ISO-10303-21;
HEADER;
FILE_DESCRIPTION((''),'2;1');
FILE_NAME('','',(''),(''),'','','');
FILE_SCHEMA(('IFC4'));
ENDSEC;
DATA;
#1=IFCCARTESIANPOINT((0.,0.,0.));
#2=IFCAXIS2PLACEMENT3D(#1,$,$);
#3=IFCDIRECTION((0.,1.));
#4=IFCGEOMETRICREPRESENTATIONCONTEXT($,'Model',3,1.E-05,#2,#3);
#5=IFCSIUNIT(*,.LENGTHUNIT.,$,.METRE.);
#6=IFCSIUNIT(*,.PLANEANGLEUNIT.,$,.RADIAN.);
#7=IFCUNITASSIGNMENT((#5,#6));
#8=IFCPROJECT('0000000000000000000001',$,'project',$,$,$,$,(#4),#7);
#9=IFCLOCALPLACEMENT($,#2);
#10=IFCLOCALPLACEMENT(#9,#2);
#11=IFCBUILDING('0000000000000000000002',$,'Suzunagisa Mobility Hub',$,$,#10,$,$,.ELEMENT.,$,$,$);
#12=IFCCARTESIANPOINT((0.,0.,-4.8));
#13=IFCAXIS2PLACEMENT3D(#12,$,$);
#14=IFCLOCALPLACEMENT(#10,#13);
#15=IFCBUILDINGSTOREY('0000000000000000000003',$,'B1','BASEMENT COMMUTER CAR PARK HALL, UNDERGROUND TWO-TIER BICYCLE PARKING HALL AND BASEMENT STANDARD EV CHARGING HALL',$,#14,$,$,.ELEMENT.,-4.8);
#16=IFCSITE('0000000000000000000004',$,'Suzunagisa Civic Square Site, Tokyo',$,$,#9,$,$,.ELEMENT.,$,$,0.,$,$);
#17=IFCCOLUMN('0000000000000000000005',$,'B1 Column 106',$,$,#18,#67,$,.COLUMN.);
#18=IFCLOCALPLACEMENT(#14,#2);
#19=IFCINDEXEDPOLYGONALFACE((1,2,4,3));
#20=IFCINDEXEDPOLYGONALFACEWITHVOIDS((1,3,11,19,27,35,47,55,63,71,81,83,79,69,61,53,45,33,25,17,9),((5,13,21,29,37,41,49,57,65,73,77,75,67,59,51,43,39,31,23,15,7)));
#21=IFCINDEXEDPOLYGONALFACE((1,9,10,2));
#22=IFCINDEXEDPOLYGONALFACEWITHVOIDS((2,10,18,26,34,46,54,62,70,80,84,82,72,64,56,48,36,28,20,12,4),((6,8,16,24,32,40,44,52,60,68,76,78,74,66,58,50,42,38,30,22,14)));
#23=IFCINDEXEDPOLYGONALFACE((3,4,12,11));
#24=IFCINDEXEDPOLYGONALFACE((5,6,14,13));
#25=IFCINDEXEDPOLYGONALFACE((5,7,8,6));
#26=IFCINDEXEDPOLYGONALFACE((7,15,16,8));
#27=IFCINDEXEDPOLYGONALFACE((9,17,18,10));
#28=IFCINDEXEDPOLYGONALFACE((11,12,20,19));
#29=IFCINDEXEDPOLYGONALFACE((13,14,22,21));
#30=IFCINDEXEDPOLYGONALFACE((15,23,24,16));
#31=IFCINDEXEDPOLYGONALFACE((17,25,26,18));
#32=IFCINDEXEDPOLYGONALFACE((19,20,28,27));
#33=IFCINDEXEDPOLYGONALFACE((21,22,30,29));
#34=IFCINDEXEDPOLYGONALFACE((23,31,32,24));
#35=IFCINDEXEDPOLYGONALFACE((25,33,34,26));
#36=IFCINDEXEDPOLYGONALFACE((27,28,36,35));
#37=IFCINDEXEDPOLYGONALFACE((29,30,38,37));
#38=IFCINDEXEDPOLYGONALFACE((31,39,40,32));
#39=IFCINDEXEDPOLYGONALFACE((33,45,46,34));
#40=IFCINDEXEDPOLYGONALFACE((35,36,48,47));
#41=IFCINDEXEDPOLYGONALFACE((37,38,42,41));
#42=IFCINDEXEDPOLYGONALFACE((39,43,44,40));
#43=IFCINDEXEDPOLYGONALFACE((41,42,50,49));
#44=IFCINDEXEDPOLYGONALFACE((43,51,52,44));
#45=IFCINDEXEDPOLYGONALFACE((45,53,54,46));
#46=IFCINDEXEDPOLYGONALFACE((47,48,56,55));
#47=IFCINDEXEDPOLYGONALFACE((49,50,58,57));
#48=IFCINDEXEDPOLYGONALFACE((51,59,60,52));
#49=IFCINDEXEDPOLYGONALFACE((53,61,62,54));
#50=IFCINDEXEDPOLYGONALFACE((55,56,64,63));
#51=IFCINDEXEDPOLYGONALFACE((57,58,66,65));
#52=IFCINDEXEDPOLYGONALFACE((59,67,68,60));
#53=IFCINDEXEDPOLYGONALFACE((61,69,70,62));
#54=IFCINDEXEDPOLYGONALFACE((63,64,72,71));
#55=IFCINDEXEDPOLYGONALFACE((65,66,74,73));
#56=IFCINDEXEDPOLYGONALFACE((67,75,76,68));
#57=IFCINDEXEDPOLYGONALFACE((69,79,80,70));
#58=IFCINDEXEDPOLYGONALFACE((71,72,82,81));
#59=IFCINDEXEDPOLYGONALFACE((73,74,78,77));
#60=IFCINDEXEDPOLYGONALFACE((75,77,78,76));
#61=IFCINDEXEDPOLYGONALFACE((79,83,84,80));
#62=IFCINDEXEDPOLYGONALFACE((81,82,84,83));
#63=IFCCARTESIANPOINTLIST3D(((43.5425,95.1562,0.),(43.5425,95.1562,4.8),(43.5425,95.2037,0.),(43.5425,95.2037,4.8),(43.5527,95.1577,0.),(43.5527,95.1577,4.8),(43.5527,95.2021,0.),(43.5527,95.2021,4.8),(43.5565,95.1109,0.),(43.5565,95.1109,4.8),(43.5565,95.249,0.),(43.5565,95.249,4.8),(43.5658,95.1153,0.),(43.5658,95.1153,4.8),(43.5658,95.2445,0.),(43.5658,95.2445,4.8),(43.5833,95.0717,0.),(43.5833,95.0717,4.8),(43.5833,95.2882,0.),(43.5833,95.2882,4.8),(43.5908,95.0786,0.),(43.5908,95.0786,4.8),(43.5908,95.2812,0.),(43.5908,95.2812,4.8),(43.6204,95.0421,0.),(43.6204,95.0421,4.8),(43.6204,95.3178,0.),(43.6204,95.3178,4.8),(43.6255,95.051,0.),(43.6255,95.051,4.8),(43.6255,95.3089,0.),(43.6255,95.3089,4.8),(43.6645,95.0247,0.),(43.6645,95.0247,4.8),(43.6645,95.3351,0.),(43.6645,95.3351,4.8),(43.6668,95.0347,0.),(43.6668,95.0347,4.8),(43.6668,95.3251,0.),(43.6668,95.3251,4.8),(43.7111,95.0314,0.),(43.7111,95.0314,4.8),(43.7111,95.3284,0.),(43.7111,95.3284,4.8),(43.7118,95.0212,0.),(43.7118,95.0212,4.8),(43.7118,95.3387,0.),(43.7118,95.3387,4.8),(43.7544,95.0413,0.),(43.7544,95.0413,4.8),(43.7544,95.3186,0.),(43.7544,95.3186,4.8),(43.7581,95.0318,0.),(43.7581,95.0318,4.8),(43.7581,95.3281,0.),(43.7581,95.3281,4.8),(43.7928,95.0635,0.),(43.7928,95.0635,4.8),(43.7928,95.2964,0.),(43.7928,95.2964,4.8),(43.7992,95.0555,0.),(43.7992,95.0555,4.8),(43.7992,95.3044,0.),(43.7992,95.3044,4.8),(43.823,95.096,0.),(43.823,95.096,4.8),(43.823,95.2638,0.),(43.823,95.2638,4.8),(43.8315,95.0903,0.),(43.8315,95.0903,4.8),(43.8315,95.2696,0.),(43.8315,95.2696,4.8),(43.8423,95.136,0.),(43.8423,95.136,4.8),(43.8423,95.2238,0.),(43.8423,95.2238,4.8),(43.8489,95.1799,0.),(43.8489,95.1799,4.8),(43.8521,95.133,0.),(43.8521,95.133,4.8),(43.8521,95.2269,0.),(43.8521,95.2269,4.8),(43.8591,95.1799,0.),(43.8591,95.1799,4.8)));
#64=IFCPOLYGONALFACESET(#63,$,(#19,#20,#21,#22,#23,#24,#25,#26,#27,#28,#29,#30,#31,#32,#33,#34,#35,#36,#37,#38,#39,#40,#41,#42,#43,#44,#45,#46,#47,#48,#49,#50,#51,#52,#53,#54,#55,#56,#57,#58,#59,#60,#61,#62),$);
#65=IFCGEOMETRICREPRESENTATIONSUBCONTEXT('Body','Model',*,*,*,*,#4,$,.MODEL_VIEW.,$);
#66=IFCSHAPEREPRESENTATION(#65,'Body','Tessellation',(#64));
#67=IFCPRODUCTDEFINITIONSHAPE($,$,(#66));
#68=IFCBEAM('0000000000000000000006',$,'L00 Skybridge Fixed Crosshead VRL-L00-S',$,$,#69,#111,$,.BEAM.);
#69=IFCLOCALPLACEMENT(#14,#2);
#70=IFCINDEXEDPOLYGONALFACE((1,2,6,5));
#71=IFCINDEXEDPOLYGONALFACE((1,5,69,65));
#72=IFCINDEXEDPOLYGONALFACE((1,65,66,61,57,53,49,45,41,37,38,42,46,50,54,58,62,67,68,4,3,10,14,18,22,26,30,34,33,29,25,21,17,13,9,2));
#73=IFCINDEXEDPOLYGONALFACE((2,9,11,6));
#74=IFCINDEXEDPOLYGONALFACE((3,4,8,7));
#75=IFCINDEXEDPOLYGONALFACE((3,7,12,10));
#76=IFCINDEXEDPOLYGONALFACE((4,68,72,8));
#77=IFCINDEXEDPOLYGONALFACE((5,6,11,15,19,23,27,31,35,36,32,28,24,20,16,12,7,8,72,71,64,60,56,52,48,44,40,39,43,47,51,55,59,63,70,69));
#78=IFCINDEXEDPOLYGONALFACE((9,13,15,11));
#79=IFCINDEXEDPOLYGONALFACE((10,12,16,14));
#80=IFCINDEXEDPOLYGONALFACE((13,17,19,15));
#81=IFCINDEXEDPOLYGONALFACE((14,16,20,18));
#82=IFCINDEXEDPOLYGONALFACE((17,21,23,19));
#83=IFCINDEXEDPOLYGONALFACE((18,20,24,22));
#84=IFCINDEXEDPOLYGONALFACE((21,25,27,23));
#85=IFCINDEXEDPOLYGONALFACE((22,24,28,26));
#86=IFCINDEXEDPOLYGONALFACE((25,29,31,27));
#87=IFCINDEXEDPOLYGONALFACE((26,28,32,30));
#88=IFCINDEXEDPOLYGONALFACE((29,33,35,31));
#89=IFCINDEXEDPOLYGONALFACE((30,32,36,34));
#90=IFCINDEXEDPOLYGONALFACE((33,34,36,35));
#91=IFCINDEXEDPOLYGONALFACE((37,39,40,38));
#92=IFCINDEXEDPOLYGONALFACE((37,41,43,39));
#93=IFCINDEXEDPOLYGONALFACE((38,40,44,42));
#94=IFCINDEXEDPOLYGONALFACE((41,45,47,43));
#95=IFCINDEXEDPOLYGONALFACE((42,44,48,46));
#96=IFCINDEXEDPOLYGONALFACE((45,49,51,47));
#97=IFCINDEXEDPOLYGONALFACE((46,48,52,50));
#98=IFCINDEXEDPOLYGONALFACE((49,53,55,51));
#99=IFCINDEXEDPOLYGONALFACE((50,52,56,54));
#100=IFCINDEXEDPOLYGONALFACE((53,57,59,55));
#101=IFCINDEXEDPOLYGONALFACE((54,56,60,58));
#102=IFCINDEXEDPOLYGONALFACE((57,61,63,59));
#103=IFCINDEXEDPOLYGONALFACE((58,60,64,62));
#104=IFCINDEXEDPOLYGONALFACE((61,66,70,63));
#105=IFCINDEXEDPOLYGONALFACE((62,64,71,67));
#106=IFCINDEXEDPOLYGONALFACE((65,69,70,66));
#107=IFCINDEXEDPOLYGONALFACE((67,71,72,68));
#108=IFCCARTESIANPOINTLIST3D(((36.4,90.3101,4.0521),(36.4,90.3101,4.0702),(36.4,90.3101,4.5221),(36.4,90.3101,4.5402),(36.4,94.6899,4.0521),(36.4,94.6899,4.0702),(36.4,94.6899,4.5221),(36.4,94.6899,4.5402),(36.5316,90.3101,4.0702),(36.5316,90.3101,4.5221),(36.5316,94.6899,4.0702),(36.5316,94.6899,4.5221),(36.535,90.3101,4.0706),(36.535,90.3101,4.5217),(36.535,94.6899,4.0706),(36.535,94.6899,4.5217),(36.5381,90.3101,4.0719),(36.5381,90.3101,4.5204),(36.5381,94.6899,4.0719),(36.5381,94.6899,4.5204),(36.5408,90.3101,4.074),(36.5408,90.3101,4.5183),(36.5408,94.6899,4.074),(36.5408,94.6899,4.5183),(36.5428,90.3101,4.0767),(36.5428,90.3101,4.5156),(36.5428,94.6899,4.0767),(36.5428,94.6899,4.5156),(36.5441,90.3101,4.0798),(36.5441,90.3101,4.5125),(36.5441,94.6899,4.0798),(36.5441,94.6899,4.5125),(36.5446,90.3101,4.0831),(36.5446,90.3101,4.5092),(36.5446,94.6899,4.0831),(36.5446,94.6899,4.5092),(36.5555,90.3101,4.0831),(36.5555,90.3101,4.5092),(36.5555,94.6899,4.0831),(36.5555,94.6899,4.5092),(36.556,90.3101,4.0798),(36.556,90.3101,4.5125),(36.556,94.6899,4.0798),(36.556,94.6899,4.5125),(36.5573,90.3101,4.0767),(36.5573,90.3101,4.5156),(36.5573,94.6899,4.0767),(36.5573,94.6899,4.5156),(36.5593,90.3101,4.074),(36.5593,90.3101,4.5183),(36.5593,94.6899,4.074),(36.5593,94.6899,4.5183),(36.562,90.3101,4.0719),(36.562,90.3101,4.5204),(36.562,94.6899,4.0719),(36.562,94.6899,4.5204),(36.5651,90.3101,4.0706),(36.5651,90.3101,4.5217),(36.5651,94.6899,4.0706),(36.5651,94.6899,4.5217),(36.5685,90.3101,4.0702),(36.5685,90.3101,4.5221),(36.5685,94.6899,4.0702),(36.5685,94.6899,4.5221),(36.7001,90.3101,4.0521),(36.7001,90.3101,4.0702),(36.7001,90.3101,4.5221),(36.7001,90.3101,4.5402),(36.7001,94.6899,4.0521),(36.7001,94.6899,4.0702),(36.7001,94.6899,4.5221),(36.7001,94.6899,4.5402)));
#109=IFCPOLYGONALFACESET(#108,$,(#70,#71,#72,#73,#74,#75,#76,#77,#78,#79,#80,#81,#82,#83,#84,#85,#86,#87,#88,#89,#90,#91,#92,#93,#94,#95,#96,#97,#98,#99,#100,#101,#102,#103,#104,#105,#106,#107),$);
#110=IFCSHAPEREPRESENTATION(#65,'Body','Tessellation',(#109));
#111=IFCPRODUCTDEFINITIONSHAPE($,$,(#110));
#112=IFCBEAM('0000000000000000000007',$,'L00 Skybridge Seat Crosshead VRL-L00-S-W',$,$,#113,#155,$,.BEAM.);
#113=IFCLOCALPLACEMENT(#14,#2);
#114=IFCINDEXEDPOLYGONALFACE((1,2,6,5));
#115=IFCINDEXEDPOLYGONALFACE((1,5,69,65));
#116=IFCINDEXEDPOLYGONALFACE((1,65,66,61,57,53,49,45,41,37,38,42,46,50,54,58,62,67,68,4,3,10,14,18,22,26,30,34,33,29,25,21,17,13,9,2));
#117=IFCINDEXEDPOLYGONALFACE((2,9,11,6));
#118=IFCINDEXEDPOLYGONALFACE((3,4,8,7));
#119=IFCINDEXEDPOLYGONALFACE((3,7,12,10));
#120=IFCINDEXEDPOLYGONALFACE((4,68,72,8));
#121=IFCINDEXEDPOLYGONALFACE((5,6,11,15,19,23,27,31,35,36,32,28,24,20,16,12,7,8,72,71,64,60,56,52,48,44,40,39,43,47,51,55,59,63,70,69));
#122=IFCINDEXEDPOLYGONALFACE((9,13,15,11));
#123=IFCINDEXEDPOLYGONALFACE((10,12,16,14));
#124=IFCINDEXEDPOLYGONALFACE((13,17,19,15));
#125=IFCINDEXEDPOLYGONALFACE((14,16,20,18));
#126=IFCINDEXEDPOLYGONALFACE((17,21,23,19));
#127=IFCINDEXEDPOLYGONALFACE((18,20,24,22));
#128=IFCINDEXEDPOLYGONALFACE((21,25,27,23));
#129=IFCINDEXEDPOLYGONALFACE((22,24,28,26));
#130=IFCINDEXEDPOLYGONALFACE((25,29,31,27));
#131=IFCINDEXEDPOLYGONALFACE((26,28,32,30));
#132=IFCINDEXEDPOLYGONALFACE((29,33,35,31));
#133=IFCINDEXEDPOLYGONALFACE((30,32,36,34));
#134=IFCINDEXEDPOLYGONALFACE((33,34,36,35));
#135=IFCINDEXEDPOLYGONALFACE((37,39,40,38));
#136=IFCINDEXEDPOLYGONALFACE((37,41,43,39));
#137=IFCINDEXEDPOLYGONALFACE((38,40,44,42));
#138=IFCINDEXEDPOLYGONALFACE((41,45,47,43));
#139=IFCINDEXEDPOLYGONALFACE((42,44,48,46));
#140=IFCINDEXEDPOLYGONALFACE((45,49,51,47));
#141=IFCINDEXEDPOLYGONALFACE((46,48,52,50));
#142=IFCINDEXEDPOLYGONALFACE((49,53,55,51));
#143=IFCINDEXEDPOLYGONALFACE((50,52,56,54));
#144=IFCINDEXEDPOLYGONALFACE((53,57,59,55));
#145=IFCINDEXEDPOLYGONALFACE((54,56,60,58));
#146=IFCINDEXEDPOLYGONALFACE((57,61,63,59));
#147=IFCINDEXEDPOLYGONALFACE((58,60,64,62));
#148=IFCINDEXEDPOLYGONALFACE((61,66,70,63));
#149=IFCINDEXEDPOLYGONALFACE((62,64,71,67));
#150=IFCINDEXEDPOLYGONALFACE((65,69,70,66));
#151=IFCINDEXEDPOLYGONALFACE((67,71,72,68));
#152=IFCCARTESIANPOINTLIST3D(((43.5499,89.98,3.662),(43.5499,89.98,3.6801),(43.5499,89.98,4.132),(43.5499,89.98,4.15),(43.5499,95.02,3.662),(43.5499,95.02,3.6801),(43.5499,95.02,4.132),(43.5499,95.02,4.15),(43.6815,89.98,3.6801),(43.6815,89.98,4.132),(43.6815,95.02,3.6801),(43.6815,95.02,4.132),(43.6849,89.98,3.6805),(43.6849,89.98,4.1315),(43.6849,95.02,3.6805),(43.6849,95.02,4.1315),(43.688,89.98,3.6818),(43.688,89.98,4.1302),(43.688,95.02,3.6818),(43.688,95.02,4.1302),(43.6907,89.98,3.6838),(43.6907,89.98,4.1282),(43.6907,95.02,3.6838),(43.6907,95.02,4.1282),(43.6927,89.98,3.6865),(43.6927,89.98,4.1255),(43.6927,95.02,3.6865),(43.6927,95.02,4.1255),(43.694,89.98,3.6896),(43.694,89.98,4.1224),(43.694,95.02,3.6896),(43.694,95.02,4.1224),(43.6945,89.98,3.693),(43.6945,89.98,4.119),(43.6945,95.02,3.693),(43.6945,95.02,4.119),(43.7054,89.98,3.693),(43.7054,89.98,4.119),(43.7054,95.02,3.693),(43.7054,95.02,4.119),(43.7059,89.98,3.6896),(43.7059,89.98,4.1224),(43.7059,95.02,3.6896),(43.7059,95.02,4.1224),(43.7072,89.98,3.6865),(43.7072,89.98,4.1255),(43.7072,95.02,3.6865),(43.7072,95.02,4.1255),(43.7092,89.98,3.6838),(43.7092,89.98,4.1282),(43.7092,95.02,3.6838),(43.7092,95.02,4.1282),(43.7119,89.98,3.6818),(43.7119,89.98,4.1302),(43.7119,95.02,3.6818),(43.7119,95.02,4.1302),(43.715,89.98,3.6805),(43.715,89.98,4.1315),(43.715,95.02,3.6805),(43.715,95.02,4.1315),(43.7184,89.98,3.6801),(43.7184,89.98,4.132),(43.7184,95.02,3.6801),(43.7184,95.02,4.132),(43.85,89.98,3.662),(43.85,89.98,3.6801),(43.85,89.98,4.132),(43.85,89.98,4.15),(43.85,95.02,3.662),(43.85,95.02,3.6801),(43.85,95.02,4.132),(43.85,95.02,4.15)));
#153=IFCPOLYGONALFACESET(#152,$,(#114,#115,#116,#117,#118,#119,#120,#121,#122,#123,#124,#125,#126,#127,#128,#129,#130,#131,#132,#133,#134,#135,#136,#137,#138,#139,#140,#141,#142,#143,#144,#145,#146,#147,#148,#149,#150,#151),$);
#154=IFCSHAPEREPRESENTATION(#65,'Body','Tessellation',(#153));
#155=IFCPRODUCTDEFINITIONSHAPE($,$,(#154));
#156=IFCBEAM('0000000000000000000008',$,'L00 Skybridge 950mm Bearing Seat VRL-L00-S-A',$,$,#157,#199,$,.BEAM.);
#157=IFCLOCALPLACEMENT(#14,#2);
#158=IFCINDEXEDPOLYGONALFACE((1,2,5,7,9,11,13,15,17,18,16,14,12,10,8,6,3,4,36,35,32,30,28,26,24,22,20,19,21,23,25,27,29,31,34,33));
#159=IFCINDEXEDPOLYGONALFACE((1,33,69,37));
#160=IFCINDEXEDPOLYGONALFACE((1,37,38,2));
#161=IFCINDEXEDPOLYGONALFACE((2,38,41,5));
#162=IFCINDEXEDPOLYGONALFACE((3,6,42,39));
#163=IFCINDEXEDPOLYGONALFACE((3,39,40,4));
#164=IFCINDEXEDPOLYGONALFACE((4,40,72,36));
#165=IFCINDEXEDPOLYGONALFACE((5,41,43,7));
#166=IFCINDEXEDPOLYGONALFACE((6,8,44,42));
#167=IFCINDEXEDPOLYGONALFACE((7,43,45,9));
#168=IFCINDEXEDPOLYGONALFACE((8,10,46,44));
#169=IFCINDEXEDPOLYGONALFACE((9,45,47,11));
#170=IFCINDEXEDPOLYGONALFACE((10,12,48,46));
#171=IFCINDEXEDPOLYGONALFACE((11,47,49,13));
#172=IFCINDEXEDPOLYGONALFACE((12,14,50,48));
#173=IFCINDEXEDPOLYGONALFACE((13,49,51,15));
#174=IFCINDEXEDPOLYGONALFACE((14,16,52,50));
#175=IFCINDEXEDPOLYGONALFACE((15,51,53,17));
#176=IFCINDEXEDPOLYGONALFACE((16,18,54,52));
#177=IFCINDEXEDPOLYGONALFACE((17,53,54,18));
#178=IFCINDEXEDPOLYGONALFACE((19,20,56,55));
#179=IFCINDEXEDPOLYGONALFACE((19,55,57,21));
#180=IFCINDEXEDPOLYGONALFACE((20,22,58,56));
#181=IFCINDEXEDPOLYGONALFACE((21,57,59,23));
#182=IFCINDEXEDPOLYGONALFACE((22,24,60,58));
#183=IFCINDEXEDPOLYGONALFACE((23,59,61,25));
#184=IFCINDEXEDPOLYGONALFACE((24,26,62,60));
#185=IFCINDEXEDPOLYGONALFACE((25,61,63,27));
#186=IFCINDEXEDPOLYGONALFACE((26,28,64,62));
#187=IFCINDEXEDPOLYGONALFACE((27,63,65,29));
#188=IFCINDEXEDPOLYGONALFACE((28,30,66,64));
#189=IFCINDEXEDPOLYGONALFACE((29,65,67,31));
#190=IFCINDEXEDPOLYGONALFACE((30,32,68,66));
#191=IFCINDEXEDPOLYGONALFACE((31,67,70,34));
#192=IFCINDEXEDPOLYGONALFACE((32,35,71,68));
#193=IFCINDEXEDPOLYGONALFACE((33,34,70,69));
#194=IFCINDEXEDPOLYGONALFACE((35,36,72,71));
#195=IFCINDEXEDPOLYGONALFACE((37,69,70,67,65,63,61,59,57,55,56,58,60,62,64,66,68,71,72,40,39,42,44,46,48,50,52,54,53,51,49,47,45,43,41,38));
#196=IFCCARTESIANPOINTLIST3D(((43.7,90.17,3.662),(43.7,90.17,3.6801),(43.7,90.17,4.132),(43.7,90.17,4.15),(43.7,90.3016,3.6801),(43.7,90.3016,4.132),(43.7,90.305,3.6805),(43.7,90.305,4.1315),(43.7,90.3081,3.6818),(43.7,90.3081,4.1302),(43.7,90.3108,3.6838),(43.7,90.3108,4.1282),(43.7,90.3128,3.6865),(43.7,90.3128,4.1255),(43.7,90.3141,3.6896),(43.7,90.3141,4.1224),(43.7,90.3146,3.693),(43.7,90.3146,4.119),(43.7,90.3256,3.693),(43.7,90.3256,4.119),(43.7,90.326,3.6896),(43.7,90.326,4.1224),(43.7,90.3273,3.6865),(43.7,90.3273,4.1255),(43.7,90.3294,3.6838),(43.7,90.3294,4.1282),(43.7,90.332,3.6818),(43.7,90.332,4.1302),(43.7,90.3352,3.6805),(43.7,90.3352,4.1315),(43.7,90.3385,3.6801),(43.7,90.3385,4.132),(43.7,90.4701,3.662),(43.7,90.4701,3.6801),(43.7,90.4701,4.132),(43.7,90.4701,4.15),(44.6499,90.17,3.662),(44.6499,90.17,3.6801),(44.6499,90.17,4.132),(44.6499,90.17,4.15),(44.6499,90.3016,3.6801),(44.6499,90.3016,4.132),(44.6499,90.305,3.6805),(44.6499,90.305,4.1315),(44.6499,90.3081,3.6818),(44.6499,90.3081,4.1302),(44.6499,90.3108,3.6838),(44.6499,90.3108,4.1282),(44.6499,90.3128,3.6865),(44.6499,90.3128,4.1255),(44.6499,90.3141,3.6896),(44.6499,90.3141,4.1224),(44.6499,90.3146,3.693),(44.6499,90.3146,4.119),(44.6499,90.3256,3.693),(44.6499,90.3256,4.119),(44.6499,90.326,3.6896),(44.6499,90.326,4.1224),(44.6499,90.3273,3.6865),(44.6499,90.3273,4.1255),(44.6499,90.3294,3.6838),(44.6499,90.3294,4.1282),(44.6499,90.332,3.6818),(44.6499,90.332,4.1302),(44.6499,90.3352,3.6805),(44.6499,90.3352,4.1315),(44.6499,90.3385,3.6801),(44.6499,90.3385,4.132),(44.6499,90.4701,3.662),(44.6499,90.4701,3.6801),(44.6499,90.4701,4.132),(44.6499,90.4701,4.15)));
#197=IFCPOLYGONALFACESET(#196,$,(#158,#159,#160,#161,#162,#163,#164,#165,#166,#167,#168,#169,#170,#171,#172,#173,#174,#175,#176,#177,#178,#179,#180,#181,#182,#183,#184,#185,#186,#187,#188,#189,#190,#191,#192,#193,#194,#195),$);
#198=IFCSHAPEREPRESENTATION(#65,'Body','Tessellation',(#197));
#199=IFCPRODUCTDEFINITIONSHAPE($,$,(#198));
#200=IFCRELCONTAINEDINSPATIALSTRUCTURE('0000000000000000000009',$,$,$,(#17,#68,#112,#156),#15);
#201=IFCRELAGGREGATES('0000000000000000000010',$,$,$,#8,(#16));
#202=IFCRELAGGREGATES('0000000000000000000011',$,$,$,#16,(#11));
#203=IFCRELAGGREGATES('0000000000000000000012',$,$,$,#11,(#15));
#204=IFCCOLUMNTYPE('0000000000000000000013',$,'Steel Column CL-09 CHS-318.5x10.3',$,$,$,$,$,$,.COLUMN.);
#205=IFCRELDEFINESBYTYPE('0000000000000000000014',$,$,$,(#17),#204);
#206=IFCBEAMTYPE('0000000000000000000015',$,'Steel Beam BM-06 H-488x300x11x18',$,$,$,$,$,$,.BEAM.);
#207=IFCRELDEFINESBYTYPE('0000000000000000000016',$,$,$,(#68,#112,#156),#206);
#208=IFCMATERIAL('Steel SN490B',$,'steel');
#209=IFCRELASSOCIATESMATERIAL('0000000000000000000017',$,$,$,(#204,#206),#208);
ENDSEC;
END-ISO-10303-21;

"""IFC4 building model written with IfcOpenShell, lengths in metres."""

from ifc_helpers import new_model, si_unit, direction, frame, origin, origin_2d, place, context, subcontext, project, spatial, hollow_circle, i_section, extrude, material, material_profile, profile_set, type_object, element, save


model = new_model("IFC4")

# Units and contexts
model_context = context("Model", 3, precision=1e-05, world=origin(), true_north=direction((0.0, 1.0)))
body_context = subcontext(model_context, "Body", "Model", "MODEL_VIEW")
ifc_project = project(units=[si_unit("LENGTHUNIT", "METRE"), si_unit("PLANEANGLEUNIT", "RADIAN")], contexts=[model_context])

# Site, building, storey
site_placement = place(None, origin())
site = spatial("IfcSite", under=ifc_project, at=site_placement, Name="Suzunagisa Civic Square Site, Tokyo", CompositionType="ELEMENT", RefElevation=0.0)
building_placement = place(site_placement, origin())
building = spatial("IfcBuilding", under=site, at=building_placement, Name="Suzunagisa Mobility Hub", CompositionType="ELEMENT")
storey_placement = place(building_placement, frame((0.0, 0.0, -4.8)))
storey = spatial("IfcBuildingStorey", under=building, at=storey_placement, Name="B1", Description="BASEMENT COMMUTER CAR PARK HALL, UNDERGROUND TWO-TIER BICYCLE PARKING HALL AND BASEMENT STANDARD EV CHARGING HALL", CompositionType="ELEMENT", Elevation=-4.8)

# Column
ifc_material_1 = material(Name="Steel SN490B", Category="steel")
ifc_material_profile_1 = material_profile(ifc_material_1, hollow_circle(Radius=0.1592, WallThickness=0.0103, at=origin_2d()), Name="CHS-318.5x10.3")
ifc_profile_set_1 = profile_set([ifc_material_profile_1], Name="Steel SN490B")
column_type = type_object("IfcColumnType", Name="Steel Column CL-09 CHS-318.5x10.3", PredefinedType="COLUMN", material=ifc_profile_set_1)
for number, where, z_axis, x_axis, name in (
    (1, (43.7, 95.1799, 0.0), (0.0, 0.0, 1.0), (1.0, 0.0, 0.0), "B1 Column 106"),
):
    element("IfcColumn", number, at=place(storey_placement, frame(where, z_axis=z_axis, x_axis=x_axis)), inside=storey, type_object=column_type, Name=name, PredefinedType="COLUMN", context=body_context, shape_type="SweptSolid", body=[
        extrude(hollow_circle(Radius=0.1592, WallThickness=0.0103, at=origin_2d()), origin(), (0.0, 0.0, 1.0), 4.8),
    ])

# Beams
ifc_material_profile_2 = material_profile(ifc_material_1, i_section(OverallWidth=0.3, OverallDepth=0.488, WebThickness=0.011, FlangeThickness=0.0181, FilletRadius=0.0129, at=origin_2d()), Name="H-488x300x11x18")
ifc_profile_set_2 = profile_set([ifc_material_profile_2], Name="Steel SN490B")
beam_type_1 = type_object("IfcBeamType", Name="Steel Beam BM-06 H-488x300x11x18", PredefinedType="BEAM", material=ifc_profile_set_2)
beam_1_placement = place(storey_placement, frame((36.55, 90.3101, 4.2961), z_axis=(0.0, 1.0, 0.0), x_axis=(-1.0, 0.0, 0.0)))
element("IfcBeam", 2, at=beam_1_placement, inside=storey, type_object=beam_type_1, Name="L00 Skybridge Fixed Crosshead VRL-L00-S", PredefinedType="BEAM", context=body_context, shape_type="SweptSolid", body=[
    extrude(i_section(OverallWidth=0.3, OverallDepth=0.488, WebThickness=0.011, FlangeThickness=0.0181, FilletRadius=0.0129, at=origin_2d()), origin(), (0.0, 0.0, 1.0), 4.3799),
])
beam_2_placement = place(storey_placement, frame((43.7, 89.98, 3.906), z_axis=(0.0, 1.0, 0.0), x_axis=(-1.0, 0.0, 0.0)))
element("IfcBeam", 3, at=beam_2_placement, inside=storey, type_object=beam_type_1, Name="L00 Skybridge Seat Crosshead VRL-L00-S-W", PredefinedType="BEAM", context=body_context, shape_type="SweptSolid", body=[
    extrude(i_section(OverallWidth=0.3, OverallDepth=0.488, WebThickness=0.011, FlangeThickness=0.0181, FilletRadius=0.0129, at=origin_2d()), origin(), (0.0, 0.0, 1.0), 5.04),
])
for number, where, z_axis, x_axis, name in (
    (4, (43.7, 90.3201, 3.906), (1.0, 0.0, 0.0), (0.0, 1.0, 0.0), "L00 Skybridge 950mm Bearing Seat VRL-L00-S-A"),
):
    element("IfcBeam", number, at=place(storey_placement, frame(where, z_axis=z_axis, x_axis=x_axis)), inside=storey, type_object=beam_type_1, Name=name, PredefinedType="BEAM", context=body_context, shape_type="SweptSolid", body=[
        extrude(i_section(OverallWidth=0.3, OverallDepth=0.488, WebThickness=0.011, FlangeThickness=0.0181, FilletRadius=0.0129, at=origin_2d()), origin(), (0.0, 0.0, 1.0), 0.95),
    ])

save(model, "model.ifc")
